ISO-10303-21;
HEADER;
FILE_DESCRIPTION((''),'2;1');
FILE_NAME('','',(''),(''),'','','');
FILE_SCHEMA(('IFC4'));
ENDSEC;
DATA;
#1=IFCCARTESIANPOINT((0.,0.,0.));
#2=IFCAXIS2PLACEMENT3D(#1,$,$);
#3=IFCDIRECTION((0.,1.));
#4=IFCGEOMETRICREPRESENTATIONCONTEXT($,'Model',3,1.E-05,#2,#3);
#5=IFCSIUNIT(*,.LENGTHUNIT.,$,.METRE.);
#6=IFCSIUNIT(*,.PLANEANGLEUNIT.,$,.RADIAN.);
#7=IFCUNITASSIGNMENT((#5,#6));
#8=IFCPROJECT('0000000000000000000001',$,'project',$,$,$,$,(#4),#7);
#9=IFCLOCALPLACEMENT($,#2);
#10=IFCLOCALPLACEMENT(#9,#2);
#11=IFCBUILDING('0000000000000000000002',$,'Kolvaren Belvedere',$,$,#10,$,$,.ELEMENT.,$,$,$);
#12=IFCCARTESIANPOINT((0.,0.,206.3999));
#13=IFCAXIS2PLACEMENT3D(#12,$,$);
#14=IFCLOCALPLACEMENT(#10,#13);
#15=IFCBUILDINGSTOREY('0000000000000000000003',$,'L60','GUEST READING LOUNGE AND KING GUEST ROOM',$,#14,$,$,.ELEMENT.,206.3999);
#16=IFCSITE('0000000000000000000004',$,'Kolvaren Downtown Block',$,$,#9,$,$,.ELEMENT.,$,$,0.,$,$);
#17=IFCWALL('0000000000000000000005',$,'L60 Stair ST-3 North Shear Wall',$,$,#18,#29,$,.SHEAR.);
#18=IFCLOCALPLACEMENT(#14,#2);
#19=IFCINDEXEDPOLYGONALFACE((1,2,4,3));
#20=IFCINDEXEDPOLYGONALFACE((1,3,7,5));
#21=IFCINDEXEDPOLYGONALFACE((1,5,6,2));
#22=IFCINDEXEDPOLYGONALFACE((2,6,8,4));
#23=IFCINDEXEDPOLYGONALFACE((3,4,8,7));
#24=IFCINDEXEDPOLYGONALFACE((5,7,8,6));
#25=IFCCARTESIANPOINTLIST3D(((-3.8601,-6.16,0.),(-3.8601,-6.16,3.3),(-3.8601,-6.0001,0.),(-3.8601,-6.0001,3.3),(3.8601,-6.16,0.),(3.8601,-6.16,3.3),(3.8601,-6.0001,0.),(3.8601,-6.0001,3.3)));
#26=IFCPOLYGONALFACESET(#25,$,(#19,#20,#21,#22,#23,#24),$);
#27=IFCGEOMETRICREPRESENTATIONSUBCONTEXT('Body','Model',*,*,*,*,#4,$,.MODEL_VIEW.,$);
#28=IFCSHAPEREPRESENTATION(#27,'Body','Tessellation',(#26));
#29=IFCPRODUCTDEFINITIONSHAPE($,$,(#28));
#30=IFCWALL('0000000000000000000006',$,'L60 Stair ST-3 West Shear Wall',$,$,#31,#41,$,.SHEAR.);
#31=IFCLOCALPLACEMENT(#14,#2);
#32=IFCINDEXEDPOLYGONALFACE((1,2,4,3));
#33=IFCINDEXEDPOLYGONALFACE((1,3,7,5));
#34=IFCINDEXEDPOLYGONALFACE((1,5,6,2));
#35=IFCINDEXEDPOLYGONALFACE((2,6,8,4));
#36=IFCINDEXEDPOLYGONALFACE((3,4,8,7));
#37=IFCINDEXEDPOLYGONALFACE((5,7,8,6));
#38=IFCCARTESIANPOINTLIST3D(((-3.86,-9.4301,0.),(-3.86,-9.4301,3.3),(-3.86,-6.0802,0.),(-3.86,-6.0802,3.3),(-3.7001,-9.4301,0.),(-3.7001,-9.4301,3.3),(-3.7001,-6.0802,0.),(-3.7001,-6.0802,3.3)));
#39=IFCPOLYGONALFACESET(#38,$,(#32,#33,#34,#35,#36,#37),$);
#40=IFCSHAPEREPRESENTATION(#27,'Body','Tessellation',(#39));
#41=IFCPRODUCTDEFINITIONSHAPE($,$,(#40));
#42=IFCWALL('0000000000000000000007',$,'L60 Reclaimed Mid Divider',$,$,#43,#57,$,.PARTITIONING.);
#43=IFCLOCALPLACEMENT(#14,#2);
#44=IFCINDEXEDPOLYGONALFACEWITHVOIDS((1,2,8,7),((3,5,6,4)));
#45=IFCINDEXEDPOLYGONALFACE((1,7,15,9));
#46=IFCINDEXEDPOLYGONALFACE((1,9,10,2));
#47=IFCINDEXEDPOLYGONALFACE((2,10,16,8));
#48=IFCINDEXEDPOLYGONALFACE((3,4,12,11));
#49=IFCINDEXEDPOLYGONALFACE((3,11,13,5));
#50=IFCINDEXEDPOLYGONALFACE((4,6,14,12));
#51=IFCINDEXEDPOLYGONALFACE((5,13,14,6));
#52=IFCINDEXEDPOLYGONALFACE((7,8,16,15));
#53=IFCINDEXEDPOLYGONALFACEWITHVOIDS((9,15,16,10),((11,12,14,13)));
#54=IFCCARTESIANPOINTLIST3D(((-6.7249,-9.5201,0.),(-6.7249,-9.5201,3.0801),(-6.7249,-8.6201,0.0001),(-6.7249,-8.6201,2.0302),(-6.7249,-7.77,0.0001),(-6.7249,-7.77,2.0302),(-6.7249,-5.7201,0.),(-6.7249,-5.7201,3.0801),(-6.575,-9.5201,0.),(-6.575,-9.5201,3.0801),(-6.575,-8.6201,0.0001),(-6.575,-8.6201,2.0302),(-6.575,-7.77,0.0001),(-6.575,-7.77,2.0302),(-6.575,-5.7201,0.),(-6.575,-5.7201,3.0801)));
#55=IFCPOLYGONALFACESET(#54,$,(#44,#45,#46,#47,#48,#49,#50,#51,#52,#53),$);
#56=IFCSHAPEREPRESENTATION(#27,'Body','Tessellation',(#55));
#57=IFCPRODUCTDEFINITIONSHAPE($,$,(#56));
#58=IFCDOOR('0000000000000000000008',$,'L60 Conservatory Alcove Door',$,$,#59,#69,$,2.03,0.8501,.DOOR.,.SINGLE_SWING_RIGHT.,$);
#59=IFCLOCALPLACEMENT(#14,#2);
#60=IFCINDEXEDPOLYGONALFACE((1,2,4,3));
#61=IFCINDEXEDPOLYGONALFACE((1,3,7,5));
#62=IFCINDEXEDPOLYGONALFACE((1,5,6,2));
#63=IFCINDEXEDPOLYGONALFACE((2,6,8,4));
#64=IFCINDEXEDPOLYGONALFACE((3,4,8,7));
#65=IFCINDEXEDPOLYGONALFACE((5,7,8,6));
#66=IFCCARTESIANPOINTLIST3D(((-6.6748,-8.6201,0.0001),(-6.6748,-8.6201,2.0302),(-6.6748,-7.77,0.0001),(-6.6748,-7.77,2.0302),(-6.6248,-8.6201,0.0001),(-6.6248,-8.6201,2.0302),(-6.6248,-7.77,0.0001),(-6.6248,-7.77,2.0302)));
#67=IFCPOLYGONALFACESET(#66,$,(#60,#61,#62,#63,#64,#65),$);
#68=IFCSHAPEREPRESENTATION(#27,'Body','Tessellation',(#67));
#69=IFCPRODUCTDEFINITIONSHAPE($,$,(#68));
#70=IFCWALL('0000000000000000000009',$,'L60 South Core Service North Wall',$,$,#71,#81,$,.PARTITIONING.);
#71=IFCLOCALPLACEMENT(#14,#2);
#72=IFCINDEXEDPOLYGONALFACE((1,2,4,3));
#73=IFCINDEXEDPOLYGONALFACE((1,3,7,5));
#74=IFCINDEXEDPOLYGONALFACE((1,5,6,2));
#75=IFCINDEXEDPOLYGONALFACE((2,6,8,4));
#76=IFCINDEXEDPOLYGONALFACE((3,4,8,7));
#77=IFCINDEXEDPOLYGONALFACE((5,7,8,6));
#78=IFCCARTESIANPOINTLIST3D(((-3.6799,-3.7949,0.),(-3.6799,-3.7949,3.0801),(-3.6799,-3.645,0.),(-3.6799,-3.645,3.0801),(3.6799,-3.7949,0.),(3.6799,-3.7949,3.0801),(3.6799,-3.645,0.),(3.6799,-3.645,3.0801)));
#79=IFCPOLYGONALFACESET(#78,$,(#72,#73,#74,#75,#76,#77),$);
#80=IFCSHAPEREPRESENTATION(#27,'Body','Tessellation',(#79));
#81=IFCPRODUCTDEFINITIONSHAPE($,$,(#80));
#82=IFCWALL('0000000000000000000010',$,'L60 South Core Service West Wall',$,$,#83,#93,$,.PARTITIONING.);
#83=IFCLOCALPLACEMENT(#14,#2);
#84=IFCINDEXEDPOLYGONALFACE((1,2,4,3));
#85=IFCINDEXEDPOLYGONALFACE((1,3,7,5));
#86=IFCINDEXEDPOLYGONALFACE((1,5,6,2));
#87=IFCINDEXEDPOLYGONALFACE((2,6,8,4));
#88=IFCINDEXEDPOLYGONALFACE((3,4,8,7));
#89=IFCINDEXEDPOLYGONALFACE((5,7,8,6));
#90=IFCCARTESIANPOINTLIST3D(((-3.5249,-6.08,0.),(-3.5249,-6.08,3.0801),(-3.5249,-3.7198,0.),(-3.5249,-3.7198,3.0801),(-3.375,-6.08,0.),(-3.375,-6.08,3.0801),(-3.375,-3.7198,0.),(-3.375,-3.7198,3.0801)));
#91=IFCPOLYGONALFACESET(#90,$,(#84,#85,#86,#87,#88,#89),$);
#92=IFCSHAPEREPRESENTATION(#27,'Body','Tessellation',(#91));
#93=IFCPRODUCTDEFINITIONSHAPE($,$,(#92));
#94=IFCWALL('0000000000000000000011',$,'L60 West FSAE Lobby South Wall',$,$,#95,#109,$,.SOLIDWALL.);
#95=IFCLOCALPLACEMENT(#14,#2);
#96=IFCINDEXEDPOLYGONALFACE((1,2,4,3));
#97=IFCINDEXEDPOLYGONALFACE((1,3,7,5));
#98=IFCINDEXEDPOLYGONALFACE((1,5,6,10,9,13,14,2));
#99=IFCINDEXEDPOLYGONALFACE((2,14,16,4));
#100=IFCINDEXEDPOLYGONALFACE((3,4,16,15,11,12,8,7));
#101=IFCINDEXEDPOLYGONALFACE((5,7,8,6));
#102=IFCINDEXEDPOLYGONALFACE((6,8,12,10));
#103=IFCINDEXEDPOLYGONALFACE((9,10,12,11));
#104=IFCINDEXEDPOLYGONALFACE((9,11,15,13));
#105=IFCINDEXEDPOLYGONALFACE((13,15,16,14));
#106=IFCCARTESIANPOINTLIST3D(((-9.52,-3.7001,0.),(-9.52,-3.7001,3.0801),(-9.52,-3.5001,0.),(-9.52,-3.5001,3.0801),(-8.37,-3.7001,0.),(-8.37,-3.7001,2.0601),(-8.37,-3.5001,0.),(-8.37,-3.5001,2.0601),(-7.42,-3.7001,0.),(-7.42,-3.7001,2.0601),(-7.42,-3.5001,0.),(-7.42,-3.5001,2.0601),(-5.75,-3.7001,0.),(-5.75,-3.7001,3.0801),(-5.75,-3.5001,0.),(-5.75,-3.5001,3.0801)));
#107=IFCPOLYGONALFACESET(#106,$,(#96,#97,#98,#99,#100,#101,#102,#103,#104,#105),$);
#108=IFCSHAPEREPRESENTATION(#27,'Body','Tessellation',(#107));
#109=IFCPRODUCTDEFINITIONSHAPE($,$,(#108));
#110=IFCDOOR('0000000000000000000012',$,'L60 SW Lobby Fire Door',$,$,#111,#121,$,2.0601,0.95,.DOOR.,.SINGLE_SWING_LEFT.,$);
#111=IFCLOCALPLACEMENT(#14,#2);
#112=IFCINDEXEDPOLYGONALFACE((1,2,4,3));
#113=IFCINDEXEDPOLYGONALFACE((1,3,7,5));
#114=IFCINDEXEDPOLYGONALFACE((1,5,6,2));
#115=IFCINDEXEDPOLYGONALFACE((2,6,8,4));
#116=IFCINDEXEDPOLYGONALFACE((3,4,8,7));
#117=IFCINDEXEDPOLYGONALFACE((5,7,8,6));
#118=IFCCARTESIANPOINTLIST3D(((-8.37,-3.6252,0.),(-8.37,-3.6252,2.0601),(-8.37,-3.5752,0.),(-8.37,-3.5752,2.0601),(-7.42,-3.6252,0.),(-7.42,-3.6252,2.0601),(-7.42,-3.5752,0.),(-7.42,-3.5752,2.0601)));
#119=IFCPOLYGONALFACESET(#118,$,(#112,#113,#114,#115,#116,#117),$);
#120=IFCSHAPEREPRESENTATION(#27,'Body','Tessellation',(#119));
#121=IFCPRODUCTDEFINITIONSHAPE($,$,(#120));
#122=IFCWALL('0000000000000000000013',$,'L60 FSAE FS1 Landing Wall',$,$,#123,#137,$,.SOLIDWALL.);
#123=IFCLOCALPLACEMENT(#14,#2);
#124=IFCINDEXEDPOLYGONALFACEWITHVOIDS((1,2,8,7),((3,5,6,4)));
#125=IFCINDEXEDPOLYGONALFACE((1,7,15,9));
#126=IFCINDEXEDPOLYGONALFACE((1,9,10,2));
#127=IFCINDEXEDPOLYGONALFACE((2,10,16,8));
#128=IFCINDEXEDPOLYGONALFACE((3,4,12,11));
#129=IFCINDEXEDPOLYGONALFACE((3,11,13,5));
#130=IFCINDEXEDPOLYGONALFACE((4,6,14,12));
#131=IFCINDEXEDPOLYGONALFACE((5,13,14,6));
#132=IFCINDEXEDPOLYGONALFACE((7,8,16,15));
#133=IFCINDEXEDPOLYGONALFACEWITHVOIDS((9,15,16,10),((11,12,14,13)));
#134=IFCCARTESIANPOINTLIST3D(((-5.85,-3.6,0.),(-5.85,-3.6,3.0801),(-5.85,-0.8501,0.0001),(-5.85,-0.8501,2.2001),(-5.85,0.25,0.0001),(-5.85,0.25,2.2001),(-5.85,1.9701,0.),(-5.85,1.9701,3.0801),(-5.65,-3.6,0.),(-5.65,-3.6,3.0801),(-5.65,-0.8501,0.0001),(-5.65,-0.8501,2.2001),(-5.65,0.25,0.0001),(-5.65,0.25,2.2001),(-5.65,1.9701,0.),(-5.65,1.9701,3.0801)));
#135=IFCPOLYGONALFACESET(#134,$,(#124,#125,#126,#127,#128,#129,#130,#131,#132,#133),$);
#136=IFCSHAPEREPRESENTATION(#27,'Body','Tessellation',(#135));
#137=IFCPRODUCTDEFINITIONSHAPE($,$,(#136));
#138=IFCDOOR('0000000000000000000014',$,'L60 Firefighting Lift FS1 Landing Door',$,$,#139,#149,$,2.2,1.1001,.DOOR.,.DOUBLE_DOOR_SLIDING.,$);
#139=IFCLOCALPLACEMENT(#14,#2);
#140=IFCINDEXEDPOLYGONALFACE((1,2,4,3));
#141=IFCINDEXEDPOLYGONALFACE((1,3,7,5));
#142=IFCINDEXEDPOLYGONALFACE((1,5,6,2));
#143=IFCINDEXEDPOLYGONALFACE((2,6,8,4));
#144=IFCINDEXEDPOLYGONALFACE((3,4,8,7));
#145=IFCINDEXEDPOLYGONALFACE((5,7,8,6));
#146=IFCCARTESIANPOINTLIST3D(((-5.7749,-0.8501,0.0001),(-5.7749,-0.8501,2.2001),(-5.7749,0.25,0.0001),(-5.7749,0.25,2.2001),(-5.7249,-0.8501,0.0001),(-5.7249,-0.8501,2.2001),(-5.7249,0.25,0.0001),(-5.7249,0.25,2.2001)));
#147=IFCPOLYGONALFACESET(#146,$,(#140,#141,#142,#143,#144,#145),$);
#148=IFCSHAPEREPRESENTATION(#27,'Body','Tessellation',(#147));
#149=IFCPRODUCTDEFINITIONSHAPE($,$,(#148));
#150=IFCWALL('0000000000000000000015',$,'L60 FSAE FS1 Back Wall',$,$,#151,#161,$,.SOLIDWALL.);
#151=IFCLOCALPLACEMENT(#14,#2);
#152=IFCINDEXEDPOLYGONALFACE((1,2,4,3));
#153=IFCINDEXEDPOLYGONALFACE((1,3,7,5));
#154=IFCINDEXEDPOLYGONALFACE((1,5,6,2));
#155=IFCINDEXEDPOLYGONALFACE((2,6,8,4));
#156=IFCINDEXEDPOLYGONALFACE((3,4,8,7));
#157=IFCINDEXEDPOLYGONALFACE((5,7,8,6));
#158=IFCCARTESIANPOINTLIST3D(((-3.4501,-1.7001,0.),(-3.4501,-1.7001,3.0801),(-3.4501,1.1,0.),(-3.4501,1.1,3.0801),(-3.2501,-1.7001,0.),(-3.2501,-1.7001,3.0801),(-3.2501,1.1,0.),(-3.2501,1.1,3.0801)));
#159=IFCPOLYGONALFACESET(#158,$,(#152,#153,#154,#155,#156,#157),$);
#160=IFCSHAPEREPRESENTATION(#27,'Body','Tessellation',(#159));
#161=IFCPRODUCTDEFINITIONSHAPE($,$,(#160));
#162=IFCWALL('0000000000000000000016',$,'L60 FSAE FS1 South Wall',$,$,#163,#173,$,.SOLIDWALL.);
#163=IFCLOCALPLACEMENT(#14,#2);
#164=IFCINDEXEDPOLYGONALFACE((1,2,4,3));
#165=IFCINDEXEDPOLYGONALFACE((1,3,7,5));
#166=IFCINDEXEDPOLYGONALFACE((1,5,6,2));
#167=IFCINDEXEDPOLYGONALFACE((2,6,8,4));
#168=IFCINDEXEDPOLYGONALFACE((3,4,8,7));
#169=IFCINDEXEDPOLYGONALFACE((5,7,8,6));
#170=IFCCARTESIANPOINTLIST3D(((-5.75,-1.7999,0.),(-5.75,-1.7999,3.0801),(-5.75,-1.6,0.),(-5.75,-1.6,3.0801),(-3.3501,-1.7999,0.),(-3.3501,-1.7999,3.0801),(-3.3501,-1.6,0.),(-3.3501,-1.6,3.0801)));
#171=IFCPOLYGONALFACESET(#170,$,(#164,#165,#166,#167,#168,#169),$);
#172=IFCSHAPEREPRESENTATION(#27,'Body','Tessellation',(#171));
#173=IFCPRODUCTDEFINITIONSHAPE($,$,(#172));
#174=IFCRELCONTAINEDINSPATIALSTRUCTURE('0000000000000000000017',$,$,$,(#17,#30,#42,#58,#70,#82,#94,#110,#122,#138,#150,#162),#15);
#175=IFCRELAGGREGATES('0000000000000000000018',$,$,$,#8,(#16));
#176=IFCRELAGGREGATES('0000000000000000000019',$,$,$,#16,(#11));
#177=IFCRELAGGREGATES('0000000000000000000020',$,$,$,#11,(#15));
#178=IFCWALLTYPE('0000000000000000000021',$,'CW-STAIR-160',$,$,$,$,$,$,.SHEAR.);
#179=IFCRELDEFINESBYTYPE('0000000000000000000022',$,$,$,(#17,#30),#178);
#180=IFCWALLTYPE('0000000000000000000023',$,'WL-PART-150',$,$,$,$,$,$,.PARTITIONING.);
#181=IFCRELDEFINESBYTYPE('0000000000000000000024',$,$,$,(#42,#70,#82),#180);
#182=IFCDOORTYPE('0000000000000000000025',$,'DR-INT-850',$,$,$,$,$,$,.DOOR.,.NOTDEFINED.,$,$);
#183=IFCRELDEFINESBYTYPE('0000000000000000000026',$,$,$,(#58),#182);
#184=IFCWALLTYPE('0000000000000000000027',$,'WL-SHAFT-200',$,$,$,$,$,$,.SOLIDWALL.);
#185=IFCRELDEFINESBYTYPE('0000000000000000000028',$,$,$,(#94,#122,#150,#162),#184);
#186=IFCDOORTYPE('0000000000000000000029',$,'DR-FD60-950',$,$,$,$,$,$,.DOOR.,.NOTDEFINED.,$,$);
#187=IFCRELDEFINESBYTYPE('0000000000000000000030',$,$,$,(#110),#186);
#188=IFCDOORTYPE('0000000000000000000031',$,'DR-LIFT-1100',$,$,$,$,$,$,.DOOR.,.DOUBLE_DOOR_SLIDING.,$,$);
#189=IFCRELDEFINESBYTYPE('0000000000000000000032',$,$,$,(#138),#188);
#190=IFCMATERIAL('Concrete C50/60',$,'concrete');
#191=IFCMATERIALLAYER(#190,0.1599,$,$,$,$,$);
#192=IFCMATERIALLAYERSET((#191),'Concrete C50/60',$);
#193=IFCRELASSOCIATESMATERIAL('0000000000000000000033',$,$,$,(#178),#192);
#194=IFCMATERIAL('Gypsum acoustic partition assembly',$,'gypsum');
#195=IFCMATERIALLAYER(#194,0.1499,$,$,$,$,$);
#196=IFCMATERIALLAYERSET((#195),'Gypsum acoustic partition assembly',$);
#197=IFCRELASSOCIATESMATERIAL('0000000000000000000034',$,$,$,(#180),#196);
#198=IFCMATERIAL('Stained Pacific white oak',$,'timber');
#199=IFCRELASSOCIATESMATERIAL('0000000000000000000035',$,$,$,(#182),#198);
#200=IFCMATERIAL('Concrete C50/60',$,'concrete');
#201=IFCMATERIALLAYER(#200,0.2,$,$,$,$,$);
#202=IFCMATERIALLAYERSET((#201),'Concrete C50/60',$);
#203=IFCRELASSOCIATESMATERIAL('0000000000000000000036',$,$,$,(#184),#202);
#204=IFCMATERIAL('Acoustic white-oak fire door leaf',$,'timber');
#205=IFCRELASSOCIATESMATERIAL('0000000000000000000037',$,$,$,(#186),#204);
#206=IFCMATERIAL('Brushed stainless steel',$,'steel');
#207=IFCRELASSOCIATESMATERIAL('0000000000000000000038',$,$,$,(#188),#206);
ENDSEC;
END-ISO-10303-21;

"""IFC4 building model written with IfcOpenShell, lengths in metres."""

from ifc_helpers import new_model, si_unit, direction, frame, frame_2d, origin, place, context, subcontext, project, spatial, rectangle, extrude, material, layer, layer_set, type_object, element, fill, save


model = new_model("IFC4")

# Units and contexts
model_context = context("Model", 3, precision=1e-05, world=origin(), true_north=direction((0.0, 1.0)))
body_context = subcontext(model_context, "Body", "Model", "MODEL_VIEW")
ifc_project = project(units=[si_unit("LENGTHUNIT", "METRE"), si_unit("PLANEANGLEUNIT", "RADIAN")], contexts=[model_context])

# Site, building, storey
site_placement = place(None, origin())
site = spatial("IfcSite", under=ifc_project, at=site_placement, Name="Kolvaren Downtown Block", CompositionType="ELEMENT", RefElevation=0.0)
building_placement = place(site_placement, origin())
building = spatial("IfcBuilding", under=site, at=building_placement, Name="Kolvaren Belvedere", CompositionType="ELEMENT")
storey_placement = place(building_placement, frame((0.0, 0.0, 206.3999)))
storey = spatial("IfcBuildingStorey", under=building, at=storey_placement, Name="L60", Description="GUEST READING LOUNGE AND KING GUEST ROOM", CompositionType="ELEMENT", Elevation=206.3999)

# Walls
ifc_material_1 = material(Name="Concrete C50/60", Category="concrete")
ifc_layer_1 = layer(ifc_material_1, 0.1599)
ifc_layer_set_1 = layer_set([ifc_layer_1], Name="Concrete C50/60")
wall_type_1 = type_object("IfcWallType", Name="CW-STAIR-160", PredefinedType="SHEAR", material=ifc_layer_set_1)
wall_1_placement = place(storey_placement, frame((-3.8601, -6.0801, 0.0), z_axis=(0.0, 0.0, 1.0), x_axis=(1.0, 0.0, 0.0)))
element("IfcWall", 1, at=wall_1_placement, inside=storey, type_object=wall_type_1, Name="L60 Stair ST-3 North Shear Wall", PredefinedType="SHEAR", context=body_context, shape_type="SweptSolid", body=[
    extrude(rectangle(XDim=7.7202, YDim=0.1599, at=frame_2d((3.8601, 0.0))), origin(), (0.0, 0.0, 1.0), 3.3),
])
wall_2_placement = place(storey_placement, frame((-3.78, -9.4299, 0.0), z_axis=(0.0, 0.0, 1.0), x_axis=(0.0, 1.0, 0.0)))
element("IfcWall", 2, at=wall_2_placement, inside=storey, type_object=wall_type_1, Name="L60 Stair ST-3 West Shear Wall", PredefinedType="SHEAR", context=body_context, shape_type="SweptSolid", body=[
    extrude(rectangle(XDim=3.3499, YDim=0.1599, at=frame_2d((1.6748, 0.0))), origin(), (0.0, 0.0, 1.0), 3.3),
])

# Wall, opening, door
ifc_material_2 = material(Name="Gypsum acoustic partition assembly", Category="gypsum")
ifc_layer_2 = layer(ifc_material_2, 0.1499)
ifc_layer_set_2 = layer_set([ifc_layer_2], Name="Gypsum acoustic partition assembly")
wall_type_2 = type_object("IfcWallType", Name="WL-PART-150", PredefinedType="PARTITIONING", material=ifc_layer_set_2)
wall_3_placement = place(storey_placement, frame((-6.6499, -9.52, 0.0), z_axis=(0.0, 0.0, 1.0), x_axis=(0.0, 1.0, 0.0)))
wall_3 = element("IfcWall", 3, at=wall_3_placement, inside=storey, type_object=wall_type_2, Name="L60 Reclaimed Mid Divider", PredefinedType="PARTITIONING", context=body_context, shape_type="SweptSolid", body=[
    extrude(rectangle(XDim=3.8, YDim=0.1499, at=frame_2d((1.8999, 0.0))), origin(), (0.0, 0.0, 1.0), 3.0801),
])
opening_1_placement = place(wall_3_placement, frame((0.8999, 0.0, 0.0)))
opening_1 = element("IfcOpeningElement", 4, at=opening_1_placement, cuts=wall_3, PredefinedType="OPENING", context=body_context, shape_type="SweptSolid", body=[
    extrude(rectangle(XDim=0.8501, YDim=2.03, at=frame_2d((0.425, 1.0151))), frame((0.0, 0.085, 0.0), z_axis=(0.0, -1.0, 0.0), x_axis=(1.0, 0.0, 0.0)), (0.0, 0.0, 1.0), 0.1699),
])
ifc_material_3 = material(Name="Stained Pacific white oak", Category="timber")
door_type_1 = type_object("IfcDoorType", Name="DR-INT-850", OperationType="NOTDEFINED", PredefinedType="DOOR", material=ifc_material_3)
door_1_placement = place(opening_1_placement, origin())
door_1 = element("IfcDoor", 5, at=door_1_placement, inside=storey, type_object=door_type_1, Name="L60 Conservatory Alcove Door", OperationType="SINGLE_SWING_RIGHT", OverallHeight=2.03, OverallWidth=0.8501, PredefinedType="DOOR", context=body_context, shape_type="SweptSolid", body=[
    extrude(rectangle(XDim=0.8501, YDim=2.03, at=frame_2d((0.425, 1.0151))), frame((0.0, 0.0249, 0.0), z_axis=(0.0, -1.0, 0.0), x_axis=(1.0, 0.0, 0.0)), (0.0, 0.0, 1.0), 0.05),
])
fill(opening_1, door_1)

# Walls
wall_4_placement = place(storey_placement, frame((-3.6799, -3.72, 0.0), z_axis=(0.0, 0.0, 1.0), x_axis=(1.0, 0.0, 0.0)))
element("IfcWall", 6, at=wall_4_placement, inside=storey, type_object=wall_type_2, Name="L60 South Core Service North Wall", PredefinedType="PARTITIONING", context=body_context, shape_type="SweptSolid", body=[
    extrude(rectangle(XDim=7.3599, YDim=0.1499, at=frame_2d((3.6799, 0.0))), origin(), (0.0, 0.0, 1.0), 3.0801),
])
wall_5_placement = place(storey_placement, frame((-3.45, -6.0801, 0.0), z_axis=(0.0, 0.0, 1.0), x_axis=(0.0, 1.0, 0.0)))
element("IfcWall", 7, at=wall_5_placement, inside=storey, type_object=wall_type_2, Name="L60 South Core Service West Wall", PredefinedType="PARTITIONING", context=body_context, shape_type="SweptSolid", body=[
    extrude(rectangle(XDim=2.3601, YDim=0.1499, at=frame_2d((1.1802, 0.0))), origin(), (0.0, 0.0, 1.0), 3.0801),
])

# Walls, openings, doors
ifc_material_4 = material(Name="Concrete C50/60", Category="concrete")
ifc_layer_3 = layer(ifc_material_4, 0.2)
ifc_layer_set_3 = layer_set([ifc_layer_3], Name="Concrete C50/60")
wall_type_3 = type_object("IfcWallType", Name="WL-SHAFT-200", PredefinedType="SOLIDWALL", material=ifc_layer_set_3)
wall_6_placement = place(storey_placement, frame((-9.52, -3.6001, 0.0), z_axis=(0.0, 0.0, 1.0), x_axis=(1.0, 0.0, 0.0)))
wall_6 = element("IfcWall", 8, at=wall_6_placement, inside=storey, type_object=wall_type_3, Name="L60 West FSAE Lobby South Wall", PredefinedType="SOLIDWALL", context=body_context, shape_type="SweptSolid", body=[
    extrude(rectangle(XDim=3.77, YDim=0.2, at=frame_2d((1.885, 0.0))), origin(), (0.0, 0.0, 1.0), 3.0801),
])
opening_2_placement = place(wall_6_placement, frame((1.1499, 0.0, 0.0)))
opening_2 = element("IfcOpeningElement", 9, at=opening_2_placement, cuts=wall_6, PredefinedType="OPENING", context=body_context, shape_type="SweptSolid", body=[
    extrude(rectangle(XDim=0.95, YDim=2.0601, at=frame_2d((0.4751, 1.03))), frame((0.0, 0.1099, 0.0), z_axis=(0.0, -1.0, 0.0), x_axis=(1.0, 0.0, 0.0)), (0.0, 0.0, 1.0), 0.22),
])
ifc_material_5 = material(Name="Acoustic white-oak fire door leaf", Category="timber")
door_type_2 = type_object("IfcDoorType", Name="DR-FD60-950", OperationType="NOTDEFINED", PredefinedType="DOOR", material=ifc_material_5)
door_2_placement = place(opening_2_placement, origin())
door_2 = element("IfcDoor", 10, at=door_2_placement, inside=storey, type_object=door_type_2, Name="L60 SW Lobby Fire Door", OperationType="SINGLE_SWING_LEFT", OverallHeight=2.0601, OverallWidth=0.95, PredefinedType="DOOR", context=body_context, shape_type="SweptSolid", body=[
    extrude(rectangle(XDim=0.95, YDim=2.0601, at=frame_2d((0.4751, 1.03))), frame((0.0, 0.0249, 0.0), z_axis=(0.0, -1.0, 0.0), x_axis=(1.0, 0.0, 0.0)), (0.0, 0.0, 1.0), 0.05),
])
fill(opening_2, door_2)
wall_7_placement = place(storey_placement, frame((-5.75, -3.6001, 0.0), z_axis=(0.0, 0.0, 1.0), x_axis=(0.0, 1.0, 0.0)))
wall_7 = element("IfcWall", 11, at=wall_7_placement, inside=storey, type_object=wall_type_3, Name="L60 FSAE FS1 Landing Wall", PredefinedType="SOLIDWALL", context=body_context, shape_type="SweptSolid", body=[
    extrude(rectangle(XDim=5.5701, YDim=0.2, at=frame_2d((2.7852, 0.0))), origin(), (0.0, 0.0, 1.0), 3.0801),
])
opening_3_placement = place(wall_7_placement, frame((2.75, 0.0, 0.0)))
opening_3 = element("IfcOpeningElement", 12, at=opening_3_placement, cuts=wall_7, PredefinedType="OPENING", context=body_context, shape_type="SweptSolid", body=[
    extrude(rectangle(XDim=1.1001, YDim=2.2, at=frame_2d((0.55, 1.1001))), frame((0.0, 0.1099, 0.0), z_axis=(0.0, -1.0, 0.0), x_axis=(1.0, 0.0, 0.0)), (0.0, 0.0, 1.0), 0.22),
])
ifc_material_6 = material(Name="Brushed stainless steel", Category="steel")
door_type_3 = type_object("IfcDoorType", Name="DR-LIFT-1100", OperationType="DOUBLE_DOOR_SLIDING", PredefinedType="DOOR", material=ifc_material_6)
door_3_placement = place(opening_3_placement, origin())
door_3 = element("IfcDoor", 13, at=door_3_placement, inside=storey, type_object=door_type_3, Name="L60 Firefighting Lift FS1 Landing Door", OperationType="DOUBLE_DOOR_SLIDING", OverallHeight=2.2, OverallWidth=1.1001, PredefinedType="DOOR", context=body_context, shape_type="SweptSolid", body=[
    extrude(rectangle(XDim=1.1001, YDim=2.2, at=frame_2d((0.55, 1.1001))), frame((0.0, 0.0249, 0.0), z_axis=(0.0, -1.0, 0.0), x_axis=(1.0, 0.0, 0.0)), (0.0, 0.0, 1.0), 0.05),
])
fill(opening_3, door_3)

# Walls
wall_8_placement = place(storey_placement, frame((-3.3501, -1.7, 0.0), z_axis=(0.0, 0.0, 1.0), x_axis=(0.0, 1.0, 0.0)))
element("IfcWall", 14, at=wall_8_placement, inside=storey, type_object=wall_type_3, Name="L60 FSAE FS1 Back Wall", PredefinedType="SOLIDWALL", context=body_context, shape_type="SweptSolid", body=[
    extrude(rectangle(XDim=2.8, YDim=0.2, at=frame_2d((1.3999, 0.0))), origin(), (0.0, 0.0, 1.0), 3.0801),
])
wall_9_placement = place(storey_placement, frame((-5.75, -1.7, 0.0), z_axis=(0.0, 0.0, 1.0), x_axis=(1.0, 0.0, 0.0)))
element("IfcWall", 15, at=wall_9_placement, inside=storey, type_object=wall_type_3, Name="L60 FSAE FS1 South Wall", PredefinedType="SOLIDWALL", context=body_context, shape_type="SweptSolid", body=[
    extrude(rectangle(XDim=2.3999, YDim=0.2, at=frame_2d((1.2, 0.0))), origin(), (0.0, 0.0, 1.0), 3.0801),
])

save(model, "model.ifc")
